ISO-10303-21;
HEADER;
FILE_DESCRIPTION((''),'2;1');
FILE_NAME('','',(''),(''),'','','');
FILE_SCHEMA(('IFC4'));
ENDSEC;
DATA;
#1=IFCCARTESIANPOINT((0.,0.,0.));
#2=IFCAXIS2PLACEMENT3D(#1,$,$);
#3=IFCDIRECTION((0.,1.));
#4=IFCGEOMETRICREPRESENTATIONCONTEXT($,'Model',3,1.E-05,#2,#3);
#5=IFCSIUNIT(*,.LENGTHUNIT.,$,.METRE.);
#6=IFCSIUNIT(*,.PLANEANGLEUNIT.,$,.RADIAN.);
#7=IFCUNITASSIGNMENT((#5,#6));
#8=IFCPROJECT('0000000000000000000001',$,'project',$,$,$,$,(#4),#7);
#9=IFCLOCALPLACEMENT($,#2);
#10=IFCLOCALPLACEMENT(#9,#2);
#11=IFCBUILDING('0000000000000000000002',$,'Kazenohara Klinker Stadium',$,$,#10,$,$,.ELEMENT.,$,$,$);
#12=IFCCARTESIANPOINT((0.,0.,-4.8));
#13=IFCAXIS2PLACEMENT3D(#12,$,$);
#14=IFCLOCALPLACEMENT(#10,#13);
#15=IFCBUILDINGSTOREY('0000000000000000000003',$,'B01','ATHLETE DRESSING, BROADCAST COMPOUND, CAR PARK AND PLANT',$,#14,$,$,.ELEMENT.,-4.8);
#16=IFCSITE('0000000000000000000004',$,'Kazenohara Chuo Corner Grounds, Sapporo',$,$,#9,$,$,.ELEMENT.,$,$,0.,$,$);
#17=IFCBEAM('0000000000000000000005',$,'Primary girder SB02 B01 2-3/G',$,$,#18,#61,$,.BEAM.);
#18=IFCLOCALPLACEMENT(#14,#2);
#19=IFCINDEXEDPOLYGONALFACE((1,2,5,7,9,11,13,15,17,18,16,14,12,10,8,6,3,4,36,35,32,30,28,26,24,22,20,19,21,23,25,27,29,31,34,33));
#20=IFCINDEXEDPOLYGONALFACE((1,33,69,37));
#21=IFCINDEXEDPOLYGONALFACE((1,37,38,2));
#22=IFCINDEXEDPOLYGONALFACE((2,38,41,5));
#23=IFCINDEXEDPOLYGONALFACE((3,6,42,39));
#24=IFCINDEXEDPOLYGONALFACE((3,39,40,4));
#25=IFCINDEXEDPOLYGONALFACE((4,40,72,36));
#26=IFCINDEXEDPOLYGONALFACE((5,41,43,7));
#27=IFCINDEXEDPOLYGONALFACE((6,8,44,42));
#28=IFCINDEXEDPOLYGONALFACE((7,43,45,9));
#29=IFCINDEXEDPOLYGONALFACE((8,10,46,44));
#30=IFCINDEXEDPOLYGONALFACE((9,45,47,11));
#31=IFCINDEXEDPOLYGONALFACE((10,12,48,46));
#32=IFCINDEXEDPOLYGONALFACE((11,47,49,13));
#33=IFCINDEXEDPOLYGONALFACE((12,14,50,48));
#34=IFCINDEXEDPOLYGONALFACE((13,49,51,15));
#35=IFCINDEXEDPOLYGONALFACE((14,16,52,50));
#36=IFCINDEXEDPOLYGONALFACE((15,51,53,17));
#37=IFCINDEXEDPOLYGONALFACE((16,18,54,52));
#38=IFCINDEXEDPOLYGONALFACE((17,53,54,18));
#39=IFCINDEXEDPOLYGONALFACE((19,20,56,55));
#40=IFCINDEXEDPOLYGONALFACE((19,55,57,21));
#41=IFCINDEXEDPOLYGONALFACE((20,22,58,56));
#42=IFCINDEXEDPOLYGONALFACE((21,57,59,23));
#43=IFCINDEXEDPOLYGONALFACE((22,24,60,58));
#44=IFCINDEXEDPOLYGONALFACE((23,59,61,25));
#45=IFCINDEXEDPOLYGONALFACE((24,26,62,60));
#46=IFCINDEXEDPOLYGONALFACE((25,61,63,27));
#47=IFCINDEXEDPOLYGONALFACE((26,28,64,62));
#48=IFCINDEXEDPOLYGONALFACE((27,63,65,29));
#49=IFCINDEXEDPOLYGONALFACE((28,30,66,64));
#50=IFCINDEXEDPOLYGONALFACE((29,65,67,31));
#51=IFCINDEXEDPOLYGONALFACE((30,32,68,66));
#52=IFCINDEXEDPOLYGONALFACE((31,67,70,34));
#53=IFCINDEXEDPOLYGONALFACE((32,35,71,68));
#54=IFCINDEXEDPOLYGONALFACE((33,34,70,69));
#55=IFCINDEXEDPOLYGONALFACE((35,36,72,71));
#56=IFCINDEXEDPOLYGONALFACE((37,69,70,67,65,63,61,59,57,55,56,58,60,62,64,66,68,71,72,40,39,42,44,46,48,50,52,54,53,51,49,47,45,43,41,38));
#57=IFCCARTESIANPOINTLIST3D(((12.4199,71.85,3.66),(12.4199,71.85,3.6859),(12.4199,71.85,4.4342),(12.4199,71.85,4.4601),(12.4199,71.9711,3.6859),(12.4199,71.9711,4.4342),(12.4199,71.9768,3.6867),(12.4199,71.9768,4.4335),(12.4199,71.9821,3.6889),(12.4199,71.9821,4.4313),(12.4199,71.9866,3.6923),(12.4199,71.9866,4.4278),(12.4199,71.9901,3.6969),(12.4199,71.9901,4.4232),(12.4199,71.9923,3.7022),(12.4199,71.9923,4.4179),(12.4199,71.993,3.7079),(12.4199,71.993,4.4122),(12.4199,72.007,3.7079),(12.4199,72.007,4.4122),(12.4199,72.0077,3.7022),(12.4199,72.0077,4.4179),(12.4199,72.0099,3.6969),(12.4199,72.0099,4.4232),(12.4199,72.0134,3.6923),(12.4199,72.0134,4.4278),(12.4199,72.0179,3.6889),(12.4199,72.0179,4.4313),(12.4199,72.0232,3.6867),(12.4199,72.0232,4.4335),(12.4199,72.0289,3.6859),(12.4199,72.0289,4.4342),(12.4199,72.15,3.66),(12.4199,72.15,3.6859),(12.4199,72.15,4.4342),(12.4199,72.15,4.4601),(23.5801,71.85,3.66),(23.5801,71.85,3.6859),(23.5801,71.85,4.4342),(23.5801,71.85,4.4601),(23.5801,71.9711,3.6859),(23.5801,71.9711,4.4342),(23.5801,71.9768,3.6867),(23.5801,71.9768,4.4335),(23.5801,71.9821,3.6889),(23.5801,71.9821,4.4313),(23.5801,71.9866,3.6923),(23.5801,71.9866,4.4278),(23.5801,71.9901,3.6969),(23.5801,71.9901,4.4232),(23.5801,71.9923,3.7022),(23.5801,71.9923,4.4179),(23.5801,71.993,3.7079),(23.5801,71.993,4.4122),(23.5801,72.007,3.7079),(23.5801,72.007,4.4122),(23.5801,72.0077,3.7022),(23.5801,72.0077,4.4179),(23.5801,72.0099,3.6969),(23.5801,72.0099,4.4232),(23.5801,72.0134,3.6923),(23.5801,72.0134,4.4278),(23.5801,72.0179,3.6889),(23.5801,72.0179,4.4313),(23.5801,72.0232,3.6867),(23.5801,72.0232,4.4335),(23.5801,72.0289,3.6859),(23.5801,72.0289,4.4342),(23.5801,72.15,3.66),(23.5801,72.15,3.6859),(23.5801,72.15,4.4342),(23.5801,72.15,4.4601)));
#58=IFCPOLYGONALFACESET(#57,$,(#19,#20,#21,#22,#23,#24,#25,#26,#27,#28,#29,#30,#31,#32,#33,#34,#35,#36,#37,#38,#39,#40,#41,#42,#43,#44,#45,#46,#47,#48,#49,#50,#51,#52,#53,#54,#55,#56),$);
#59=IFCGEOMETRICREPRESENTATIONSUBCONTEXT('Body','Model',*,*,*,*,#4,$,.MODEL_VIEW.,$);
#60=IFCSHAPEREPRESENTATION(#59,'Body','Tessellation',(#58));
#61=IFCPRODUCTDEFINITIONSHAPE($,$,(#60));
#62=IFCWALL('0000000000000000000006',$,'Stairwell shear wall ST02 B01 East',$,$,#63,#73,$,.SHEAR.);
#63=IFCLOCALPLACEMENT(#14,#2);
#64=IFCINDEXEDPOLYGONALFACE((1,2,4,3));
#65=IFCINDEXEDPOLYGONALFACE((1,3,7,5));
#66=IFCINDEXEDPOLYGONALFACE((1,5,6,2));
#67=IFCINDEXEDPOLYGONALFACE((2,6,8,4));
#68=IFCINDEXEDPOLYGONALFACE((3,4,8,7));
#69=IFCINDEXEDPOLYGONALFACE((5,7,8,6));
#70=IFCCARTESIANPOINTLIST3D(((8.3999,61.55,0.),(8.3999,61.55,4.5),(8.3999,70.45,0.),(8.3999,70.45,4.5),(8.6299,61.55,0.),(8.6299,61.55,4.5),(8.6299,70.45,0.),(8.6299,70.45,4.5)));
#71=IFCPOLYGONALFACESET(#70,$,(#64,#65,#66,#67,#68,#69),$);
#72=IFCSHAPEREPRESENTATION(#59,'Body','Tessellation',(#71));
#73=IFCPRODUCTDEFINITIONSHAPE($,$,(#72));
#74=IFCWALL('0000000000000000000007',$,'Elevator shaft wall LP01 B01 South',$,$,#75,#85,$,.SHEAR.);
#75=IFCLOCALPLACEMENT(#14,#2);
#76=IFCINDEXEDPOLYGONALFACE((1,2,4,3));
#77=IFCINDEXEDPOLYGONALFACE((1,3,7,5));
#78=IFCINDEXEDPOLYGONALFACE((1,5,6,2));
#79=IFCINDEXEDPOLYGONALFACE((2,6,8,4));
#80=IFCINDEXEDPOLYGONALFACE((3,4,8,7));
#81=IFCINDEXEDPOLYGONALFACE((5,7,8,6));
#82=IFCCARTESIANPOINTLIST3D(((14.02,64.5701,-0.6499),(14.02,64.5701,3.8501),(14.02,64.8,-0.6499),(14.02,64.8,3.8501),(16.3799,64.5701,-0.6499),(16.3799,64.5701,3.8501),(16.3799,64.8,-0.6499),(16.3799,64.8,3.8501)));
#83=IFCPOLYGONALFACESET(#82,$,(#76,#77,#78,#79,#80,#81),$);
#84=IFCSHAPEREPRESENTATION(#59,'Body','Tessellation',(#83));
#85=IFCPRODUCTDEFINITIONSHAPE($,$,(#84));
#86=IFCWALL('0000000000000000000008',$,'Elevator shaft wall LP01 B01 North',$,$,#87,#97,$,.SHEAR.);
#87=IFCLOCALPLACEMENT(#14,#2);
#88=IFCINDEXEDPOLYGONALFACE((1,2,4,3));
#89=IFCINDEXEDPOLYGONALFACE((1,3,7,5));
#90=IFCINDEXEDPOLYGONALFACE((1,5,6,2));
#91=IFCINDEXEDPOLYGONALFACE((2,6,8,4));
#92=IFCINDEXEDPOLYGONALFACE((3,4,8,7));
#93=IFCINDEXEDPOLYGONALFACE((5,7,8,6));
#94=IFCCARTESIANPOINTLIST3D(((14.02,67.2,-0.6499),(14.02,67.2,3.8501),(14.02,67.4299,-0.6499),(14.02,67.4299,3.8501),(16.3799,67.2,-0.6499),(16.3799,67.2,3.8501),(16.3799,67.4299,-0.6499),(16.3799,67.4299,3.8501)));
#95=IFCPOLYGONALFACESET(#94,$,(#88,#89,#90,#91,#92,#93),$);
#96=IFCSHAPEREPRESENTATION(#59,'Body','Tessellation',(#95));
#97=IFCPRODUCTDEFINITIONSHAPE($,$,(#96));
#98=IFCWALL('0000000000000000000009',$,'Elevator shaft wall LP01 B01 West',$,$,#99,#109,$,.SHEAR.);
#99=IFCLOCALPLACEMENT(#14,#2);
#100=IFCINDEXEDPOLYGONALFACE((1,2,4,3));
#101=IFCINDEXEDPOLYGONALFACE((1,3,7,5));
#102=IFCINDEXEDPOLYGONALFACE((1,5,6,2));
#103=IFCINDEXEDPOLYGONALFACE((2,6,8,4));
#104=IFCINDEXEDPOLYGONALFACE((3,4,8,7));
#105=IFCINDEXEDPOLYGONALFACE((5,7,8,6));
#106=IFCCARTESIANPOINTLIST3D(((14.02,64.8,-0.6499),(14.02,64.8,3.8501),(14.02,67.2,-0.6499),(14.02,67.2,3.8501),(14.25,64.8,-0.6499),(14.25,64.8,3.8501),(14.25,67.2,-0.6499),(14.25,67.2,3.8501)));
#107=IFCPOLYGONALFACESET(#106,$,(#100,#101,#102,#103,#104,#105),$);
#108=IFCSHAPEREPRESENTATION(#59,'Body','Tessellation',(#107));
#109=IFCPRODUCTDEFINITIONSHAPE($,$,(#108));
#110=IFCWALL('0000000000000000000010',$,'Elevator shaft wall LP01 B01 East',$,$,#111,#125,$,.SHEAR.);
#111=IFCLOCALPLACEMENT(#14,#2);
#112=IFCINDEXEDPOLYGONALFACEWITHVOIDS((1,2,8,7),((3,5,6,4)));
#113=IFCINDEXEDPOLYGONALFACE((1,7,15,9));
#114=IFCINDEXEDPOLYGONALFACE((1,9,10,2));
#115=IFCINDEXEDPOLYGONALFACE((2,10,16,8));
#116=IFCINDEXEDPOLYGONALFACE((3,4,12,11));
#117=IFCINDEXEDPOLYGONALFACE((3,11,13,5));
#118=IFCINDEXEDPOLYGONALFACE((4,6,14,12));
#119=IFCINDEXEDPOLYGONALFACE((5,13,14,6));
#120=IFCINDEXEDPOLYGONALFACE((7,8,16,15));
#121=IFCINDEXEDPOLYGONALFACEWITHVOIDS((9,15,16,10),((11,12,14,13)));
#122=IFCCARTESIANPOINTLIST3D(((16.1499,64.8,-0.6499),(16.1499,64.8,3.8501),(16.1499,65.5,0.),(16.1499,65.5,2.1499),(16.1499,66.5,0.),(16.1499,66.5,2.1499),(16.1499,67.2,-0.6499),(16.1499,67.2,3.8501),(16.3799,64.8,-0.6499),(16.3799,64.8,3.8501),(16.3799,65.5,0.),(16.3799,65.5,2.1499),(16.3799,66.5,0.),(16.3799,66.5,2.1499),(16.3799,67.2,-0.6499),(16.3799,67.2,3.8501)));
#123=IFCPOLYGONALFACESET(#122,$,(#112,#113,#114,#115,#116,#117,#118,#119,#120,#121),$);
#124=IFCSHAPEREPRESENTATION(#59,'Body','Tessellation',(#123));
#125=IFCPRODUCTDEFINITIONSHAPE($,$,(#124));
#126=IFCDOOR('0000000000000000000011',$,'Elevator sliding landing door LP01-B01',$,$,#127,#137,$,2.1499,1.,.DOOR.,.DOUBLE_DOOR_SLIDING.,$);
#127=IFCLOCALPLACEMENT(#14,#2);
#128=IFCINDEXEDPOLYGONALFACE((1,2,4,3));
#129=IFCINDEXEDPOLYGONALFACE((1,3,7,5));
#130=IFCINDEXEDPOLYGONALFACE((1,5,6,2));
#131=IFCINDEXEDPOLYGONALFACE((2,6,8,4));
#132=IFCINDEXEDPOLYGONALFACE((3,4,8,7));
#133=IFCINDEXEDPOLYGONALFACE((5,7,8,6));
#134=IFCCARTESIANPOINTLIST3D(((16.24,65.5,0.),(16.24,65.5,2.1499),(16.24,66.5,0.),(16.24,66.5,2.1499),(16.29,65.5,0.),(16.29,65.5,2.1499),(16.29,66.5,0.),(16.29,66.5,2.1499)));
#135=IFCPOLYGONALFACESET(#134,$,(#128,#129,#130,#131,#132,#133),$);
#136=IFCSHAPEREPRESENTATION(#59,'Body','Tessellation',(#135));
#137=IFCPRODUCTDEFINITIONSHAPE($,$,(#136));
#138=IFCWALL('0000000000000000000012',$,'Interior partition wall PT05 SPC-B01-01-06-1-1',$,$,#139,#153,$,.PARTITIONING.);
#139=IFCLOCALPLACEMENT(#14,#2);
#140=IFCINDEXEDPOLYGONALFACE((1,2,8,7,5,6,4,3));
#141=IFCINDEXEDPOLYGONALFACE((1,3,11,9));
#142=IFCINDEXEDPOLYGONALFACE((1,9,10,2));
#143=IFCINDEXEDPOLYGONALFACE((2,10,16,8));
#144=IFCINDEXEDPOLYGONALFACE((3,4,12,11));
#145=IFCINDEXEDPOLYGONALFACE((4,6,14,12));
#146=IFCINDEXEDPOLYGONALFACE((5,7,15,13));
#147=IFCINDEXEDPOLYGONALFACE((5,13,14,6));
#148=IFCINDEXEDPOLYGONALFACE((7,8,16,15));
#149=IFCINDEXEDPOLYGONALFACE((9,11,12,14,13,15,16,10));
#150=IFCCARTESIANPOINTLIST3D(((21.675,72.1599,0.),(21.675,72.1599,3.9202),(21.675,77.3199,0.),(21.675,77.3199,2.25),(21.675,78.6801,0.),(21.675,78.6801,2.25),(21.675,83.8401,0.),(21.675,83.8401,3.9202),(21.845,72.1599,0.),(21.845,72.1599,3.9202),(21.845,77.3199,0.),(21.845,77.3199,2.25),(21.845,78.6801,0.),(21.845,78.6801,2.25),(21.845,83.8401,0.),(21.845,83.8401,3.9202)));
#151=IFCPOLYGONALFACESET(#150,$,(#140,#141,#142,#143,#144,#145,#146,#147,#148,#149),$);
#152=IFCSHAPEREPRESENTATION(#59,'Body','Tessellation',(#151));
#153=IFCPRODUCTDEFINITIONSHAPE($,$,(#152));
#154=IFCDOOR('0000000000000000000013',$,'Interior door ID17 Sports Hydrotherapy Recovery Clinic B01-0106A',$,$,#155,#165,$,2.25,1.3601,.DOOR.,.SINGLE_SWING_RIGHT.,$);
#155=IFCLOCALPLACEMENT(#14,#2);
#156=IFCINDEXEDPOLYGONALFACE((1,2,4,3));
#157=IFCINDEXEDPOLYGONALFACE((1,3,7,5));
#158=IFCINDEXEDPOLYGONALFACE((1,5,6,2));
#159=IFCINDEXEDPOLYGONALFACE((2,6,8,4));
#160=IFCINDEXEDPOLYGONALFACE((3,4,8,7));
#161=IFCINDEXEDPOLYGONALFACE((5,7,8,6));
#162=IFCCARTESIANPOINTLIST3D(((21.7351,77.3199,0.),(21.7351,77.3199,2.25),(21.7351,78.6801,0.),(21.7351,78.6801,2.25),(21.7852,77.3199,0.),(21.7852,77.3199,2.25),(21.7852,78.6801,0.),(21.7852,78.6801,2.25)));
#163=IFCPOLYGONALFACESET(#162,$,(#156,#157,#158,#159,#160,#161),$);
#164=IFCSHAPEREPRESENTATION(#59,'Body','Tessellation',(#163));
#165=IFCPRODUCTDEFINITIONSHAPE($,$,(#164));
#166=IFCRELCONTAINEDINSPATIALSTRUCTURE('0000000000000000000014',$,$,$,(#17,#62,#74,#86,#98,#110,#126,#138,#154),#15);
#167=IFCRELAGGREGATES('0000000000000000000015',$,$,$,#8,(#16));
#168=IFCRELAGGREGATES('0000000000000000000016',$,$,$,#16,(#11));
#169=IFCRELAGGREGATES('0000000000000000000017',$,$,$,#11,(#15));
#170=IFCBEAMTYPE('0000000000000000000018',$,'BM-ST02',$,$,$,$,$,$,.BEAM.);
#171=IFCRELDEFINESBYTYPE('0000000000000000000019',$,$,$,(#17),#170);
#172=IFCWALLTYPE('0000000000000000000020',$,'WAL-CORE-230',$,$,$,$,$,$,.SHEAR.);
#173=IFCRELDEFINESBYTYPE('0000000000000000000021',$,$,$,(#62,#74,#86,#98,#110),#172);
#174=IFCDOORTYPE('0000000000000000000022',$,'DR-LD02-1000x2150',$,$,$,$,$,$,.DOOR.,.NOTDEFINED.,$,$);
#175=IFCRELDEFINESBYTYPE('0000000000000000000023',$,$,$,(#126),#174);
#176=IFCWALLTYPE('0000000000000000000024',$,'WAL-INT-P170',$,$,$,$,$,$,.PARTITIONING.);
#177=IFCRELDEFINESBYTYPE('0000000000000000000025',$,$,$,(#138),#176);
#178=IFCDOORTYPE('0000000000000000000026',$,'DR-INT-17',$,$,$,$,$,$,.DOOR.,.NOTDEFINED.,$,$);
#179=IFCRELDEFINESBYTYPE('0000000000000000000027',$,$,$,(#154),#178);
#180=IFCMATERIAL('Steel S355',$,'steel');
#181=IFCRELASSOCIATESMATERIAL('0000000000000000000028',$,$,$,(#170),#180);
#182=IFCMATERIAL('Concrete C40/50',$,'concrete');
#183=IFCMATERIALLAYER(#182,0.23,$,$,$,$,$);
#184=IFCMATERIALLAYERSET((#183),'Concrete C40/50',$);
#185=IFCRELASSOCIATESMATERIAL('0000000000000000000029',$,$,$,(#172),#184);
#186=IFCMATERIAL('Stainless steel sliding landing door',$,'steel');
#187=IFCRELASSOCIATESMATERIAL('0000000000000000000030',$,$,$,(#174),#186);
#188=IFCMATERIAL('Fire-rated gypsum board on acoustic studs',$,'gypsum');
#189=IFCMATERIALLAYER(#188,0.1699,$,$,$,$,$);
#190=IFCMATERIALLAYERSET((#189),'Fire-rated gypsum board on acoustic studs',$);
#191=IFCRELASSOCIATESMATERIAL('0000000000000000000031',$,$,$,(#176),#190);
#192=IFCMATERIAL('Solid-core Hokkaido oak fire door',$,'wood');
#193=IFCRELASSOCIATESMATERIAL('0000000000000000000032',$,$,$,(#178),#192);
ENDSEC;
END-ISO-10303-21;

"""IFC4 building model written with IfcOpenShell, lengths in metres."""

from ifc_helpers import new_model, si_unit, direction, frame, frame_2d, origin, origin_2d, place, context, subcontext, project, spatial, rectangle, i_section, extrude, material, layer, layer_set, material_profile, profile_set, type_object, element, fill, save


model = new_model("IFC4")

# Units and contexts
model_context = context("Model", 3, precision=1e-05, world=origin(), true_north=direction((0.0, 1.0)))
body_context = subcontext(model_context, "Body", "Model", "MODEL_VIEW")
ifc_project = project(units=[si_unit("LENGTHUNIT", "METRE"), si_unit("PLANEANGLEUNIT", "RADIAN")], contexts=[model_context])

# Site, building, storey
site_placement = place(None, origin())
site = spatial("IfcSite", under=ifc_project, at=site_placement, Name="Kazenohara Chuo Corner Grounds, Sapporo", CompositionType="ELEMENT", RefElevation=0.0)
building_placement = place(site_placement, origin())
building = spatial("IfcBuilding", under=site, at=building_placement, Name="Kazenohara Klinker Stadium", CompositionType="ELEMENT")
storey_placement = place(building_placement, frame((0.0, 0.0, -4.8)))
storey = spatial("IfcBuildingStorey", under=building, at=storey_placement, Name="B01", Description="ATHLETE DRESSING, BROADCAST COMPOUND, CAR PARK AND PLANT", CompositionType="ELEMENT", Elevation=-4.8)

# Shared definitions
ifc_material_1 = material(Name="Concrete C40/50", Category="concrete")

# Beam
ifc_material_2 = material(Name="Steel S355", Category="steel")
ifc_material_profile_1 = material_profile(ifc_material_2, i_section(OverallWidth=0.3, OverallDepth=0.8, WebThickness=0.0139, FlangeThickness=0.0259, FilletRadius=0.022, at=origin_2d()), Name="H-800x300x14x26")
ifc_profile_set_1 = profile_set([ifc_material_profile_1], Name="Steel S355")
beam_type_1 = type_object("IfcBeamType", Name="BM-ST02", PredefinedType="BEAM", material=ifc_profile_set_1)
beam_1_placement = place(storey_placement, frame((12.4199, 72.0, 4.0601), z_axis=(1.0, 0.0, 0.0), x_axis=(0.0, 1.0, 0.0)))
element("IfcBeam", 1, at=beam_1_placement, inside=storey, type_object=beam_type_1, Name="Primary girder SB02 B01 2-3/G", PredefinedType="BEAM", context=body_context, shape_type="SweptSolid", body=[
    extrude(i_section(OverallWidth=0.3, OverallDepth=0.8, WebThickness=0.0139, FlangeThickness=0.0259, FilletRadius=0.022, at=origin_2d()), origin(), (0.0, 0.0, 1.0), 11.1602),
])

# Walls
ifc_layer_1 = layer(ifc_material_1, 0.23)
ifc_layer_set_1 = layer_set([ifc_layer_1], Name="Concrete C40/50")
wall_type_1 = type_object("IfcWallType", Name="WAL-CORE-230", PredefinedType="SHEAR", material=ifc_layer_set_1)
wall_1_placement = place(storey_placement, frame((8.5149, 61.55, 0.0), z_axis=(0.0, 0.0, 1.0), x_axis=(0.0, 1.0, 0.0)))
element("IfcWall", 2, at=wall_1_placement, inside=storey, type_object=wall_type_1, Name="Stairwell shear wall ST02 B01 East", PredefinedType="SHEAR", context=body_context, shape_type="SweptSolid", body=[
    extrude(rectangle(XDim=8.8999, YDim=0.23, at=frame_2d((4.45, 0.0))), origin(), (0.0, 0.0, 1.0), 4.5),
])
for number, where, z_axis, x_axis, name in (
    (3, (14.02, 64.6851, -0.6499), (0.0, 0.0, 1.0), (1.0, 0.0, 0.0), "Elevator shaft wall LP01 B01 South"),
    (4, (14.02, 67.3149, -0.6499), (0.0, 0.0, 1.0), (1.0, 0.0, 0.0), "Elevator shaft wall LP01 B01 North"),
):
    element("IfcWall", number, at=place(storey_placement, frame(where, z_axis=z_axis, x_axis=x_axis)), inside=storey, type_object=wall_type_1, Name=name, PredefinedType="SHEAR", context=body_context, shape_type="SweptSolid", body=[
        extrude(rectangle(XDim=2.3599, YDim=0.23, at=frame_2d((1.1799, 0.0))), origin(), (0.0, 0.0, 1.0), 4.5),
    ])
wall_2_placement = place(storey_placement, frame((14.135, 64.8, -0.6499), z_axis=(0.0, 0.0, 1.0), x_axis=(0.0, 1.0, 0.0)))
element("IfcWall", 5, at=wall_2_placement, inside=storey, type_object=wall_type_1, Name="Elevator shaft wall LP01 B01 West", PredefinedType="SHEAR", context=body_context, shape_type="SweptSolid", body=[
    extrude(rectangle(XDim=2.3999, YDim=0.23, at=frame_2d((1.2, 0.0))), origin(), (0.0, 0.0, 1.0), 4.5),
])

# Walls, openings, doors
wall_3_placement = place(storey_placement, frame((16.2649, 64.8, -0.6499), z_axis=(0.0, 0.0, 1.0), x_axis=(0.0, 1.0, 0.0)))
wall_3 = element("IfcWall", 6, at=wall_3_placement, inside=storey, type_object=wall_type_1, Name="Elevator shaft wall LP01 B01 East", PredefinedType="SHEAR", context=body_context, shape_type="SweptSolid", body=[
    extrude(rectangle(XDim=2.3999, YDim=0.23, at=frame_2d((1.2, 0.0))), origin(), (0.0, 0.0, 1.0), 4.5),
])
opening_1_placement = place(wall_3_placement, frame((0.7, 0.0, 0.6499)))
opening_1 = element("IfcOpeningElement", 7, at=opening_1_placement, cuts=wall_3, PredefinedType="OPENING", context=body_context, shape_type="SweptSolid", body=[
    extrude(rectangle(XDim=1.0, YDim=2.1499, at=frame_2d((0.5, 1.075))), frame((0.0, 0.125, 0.0), z_axis=(0.0, -1.0, 0.0), x_axis=(1.0, 0.0, 0.0)), (0.0, 0.0, 1.0), 0.25),
])
ifc_material_3 = material(Name="Stainless steel sliding landing door", Category="steel")
door_type_1 = type_object("IfcDoorType", Name="DR-LD02-1000x2150", OperationType="NOTDEFINED", PredefinedType="DOOR", material=ifc_material_3)
door_1_placement = place(opening_1_placement, origin())
door_1 = element("IfcDoor", 8, at=door_1_placement, inside=storey, type_object=door_type_1, Name="Elevator sliding landing door LP01-B01", OperationType="DOUBLE_DOOR_SLIDING", OverallHeight=2.1499, OverallWidth=1.0, PredefinedType="DOOR", context=body_context, shape_type="SweptSolid", body=[
    extrude(rectangle(XDim=1.0, YDim=2.1499, at=frame_2d((0.5, 1.075))), frame((0.0, 0.0249, 0.0), z_axis=(0.0, -1.0, 0.0), x_axis=(1.0, 0.0, 0.0)), (0.0, 0.0, 1.0), 0.05),
])
fill(opening_1, door_1)
ifc_material_4 = material(Name="Fire-rated gypsum board on acoustic studs", Category="gypsum")
ifc_layer_2 = layer(ifc_material_4, 0.1699)
ifc_layer_set_2 = layer_set([ifc_layer_2], Name="Fire-rated gypsum board on acoustic studs")
wall_type_2 = type_object("IfcWallType", Name="WAL-INT-P170", PredefinedType="PARTITIONING", material=ifc_layer_set_2)
wall_4_placement = place(storey_placement, frame((21.76, 72.1599, 0.0), z_axis=(0.0, 0.0, 1.0), x_axis=(0.0, 1.0, 0.0)))
wall_4 = element("IfcWall", 9, at=wall_4_placement, inside=storey, type_object=wall_type_2, Name="Interior partition wall PT05 SPC-B01-01-06-1-1", PredefinedType="PARTITIONING", context=body_context, shape_type="SweptSolid", body=[
    extrude(rectangle(XDim=11.6802, YDim=0.1699, at=frame_2d((5.8401, 0.0))), origin(), (0.0, 0.0, 1.0), 3.9202),
])
opening_2_placement = place(wall_4_placement, frame((5.1599, 0.0, 0.0)))
opening_2 = element("IfcOpeningElement", 10, at=opening_2_placement, cuts=wall_4, PredefinedType="OPENING", context=body_context, shape_type="SweptSolid", body=[
    extrude(rectangle(XDim=1.3601, YDim=2.25, at=frame_2d((0.6802, 1.125))), frame((0.0, 0.095, 0.0), z_axis=(0.0, -1.0, 0.0), x_axis=(1.0, 0.0, 0.0)), (0.0, 0.0, 1.0), 0.1899),
])
ifc_material_5 = material(Name="Solid-core Hokkaido oak fire door", Category="wood")
door_type_2 = type_object("IfcDoorType", Name="DR-INT-17", OperationType="NOTDEFINED", PredefinedType="DOOR", material=ifc_material_5)
door_2_placement = place(opening_2_placement, origin())
door_2 = element("IfcDoor", 11, at=door_2_placement, inside=storey, type_object=door_type_2, Name="Interior door ID17 Sports Hydrotherapy Recovery Clinic B01-0106A", OperationType="SINGLE_SWING_RIGHT", OverallHeight=2.25, OverallWidth=1.3601, PredefinedType="DOOR", context=body_context, shape_type="SweptSolid", body=[
    extrude(rectangle(XDim=1.3601, YDim=2.25, at=frame_2d((0.6802, 1.125))), frame((0.0, 0.0249, 0.0), z_axis=(0.0, -1.0, 0.0), x_axis=(1.0, 0.0, 0.0)), (0.0, 0.0, 1.0), 0.05),
])
fill(opening_2, door_2)

save(model, "model.ifc")
